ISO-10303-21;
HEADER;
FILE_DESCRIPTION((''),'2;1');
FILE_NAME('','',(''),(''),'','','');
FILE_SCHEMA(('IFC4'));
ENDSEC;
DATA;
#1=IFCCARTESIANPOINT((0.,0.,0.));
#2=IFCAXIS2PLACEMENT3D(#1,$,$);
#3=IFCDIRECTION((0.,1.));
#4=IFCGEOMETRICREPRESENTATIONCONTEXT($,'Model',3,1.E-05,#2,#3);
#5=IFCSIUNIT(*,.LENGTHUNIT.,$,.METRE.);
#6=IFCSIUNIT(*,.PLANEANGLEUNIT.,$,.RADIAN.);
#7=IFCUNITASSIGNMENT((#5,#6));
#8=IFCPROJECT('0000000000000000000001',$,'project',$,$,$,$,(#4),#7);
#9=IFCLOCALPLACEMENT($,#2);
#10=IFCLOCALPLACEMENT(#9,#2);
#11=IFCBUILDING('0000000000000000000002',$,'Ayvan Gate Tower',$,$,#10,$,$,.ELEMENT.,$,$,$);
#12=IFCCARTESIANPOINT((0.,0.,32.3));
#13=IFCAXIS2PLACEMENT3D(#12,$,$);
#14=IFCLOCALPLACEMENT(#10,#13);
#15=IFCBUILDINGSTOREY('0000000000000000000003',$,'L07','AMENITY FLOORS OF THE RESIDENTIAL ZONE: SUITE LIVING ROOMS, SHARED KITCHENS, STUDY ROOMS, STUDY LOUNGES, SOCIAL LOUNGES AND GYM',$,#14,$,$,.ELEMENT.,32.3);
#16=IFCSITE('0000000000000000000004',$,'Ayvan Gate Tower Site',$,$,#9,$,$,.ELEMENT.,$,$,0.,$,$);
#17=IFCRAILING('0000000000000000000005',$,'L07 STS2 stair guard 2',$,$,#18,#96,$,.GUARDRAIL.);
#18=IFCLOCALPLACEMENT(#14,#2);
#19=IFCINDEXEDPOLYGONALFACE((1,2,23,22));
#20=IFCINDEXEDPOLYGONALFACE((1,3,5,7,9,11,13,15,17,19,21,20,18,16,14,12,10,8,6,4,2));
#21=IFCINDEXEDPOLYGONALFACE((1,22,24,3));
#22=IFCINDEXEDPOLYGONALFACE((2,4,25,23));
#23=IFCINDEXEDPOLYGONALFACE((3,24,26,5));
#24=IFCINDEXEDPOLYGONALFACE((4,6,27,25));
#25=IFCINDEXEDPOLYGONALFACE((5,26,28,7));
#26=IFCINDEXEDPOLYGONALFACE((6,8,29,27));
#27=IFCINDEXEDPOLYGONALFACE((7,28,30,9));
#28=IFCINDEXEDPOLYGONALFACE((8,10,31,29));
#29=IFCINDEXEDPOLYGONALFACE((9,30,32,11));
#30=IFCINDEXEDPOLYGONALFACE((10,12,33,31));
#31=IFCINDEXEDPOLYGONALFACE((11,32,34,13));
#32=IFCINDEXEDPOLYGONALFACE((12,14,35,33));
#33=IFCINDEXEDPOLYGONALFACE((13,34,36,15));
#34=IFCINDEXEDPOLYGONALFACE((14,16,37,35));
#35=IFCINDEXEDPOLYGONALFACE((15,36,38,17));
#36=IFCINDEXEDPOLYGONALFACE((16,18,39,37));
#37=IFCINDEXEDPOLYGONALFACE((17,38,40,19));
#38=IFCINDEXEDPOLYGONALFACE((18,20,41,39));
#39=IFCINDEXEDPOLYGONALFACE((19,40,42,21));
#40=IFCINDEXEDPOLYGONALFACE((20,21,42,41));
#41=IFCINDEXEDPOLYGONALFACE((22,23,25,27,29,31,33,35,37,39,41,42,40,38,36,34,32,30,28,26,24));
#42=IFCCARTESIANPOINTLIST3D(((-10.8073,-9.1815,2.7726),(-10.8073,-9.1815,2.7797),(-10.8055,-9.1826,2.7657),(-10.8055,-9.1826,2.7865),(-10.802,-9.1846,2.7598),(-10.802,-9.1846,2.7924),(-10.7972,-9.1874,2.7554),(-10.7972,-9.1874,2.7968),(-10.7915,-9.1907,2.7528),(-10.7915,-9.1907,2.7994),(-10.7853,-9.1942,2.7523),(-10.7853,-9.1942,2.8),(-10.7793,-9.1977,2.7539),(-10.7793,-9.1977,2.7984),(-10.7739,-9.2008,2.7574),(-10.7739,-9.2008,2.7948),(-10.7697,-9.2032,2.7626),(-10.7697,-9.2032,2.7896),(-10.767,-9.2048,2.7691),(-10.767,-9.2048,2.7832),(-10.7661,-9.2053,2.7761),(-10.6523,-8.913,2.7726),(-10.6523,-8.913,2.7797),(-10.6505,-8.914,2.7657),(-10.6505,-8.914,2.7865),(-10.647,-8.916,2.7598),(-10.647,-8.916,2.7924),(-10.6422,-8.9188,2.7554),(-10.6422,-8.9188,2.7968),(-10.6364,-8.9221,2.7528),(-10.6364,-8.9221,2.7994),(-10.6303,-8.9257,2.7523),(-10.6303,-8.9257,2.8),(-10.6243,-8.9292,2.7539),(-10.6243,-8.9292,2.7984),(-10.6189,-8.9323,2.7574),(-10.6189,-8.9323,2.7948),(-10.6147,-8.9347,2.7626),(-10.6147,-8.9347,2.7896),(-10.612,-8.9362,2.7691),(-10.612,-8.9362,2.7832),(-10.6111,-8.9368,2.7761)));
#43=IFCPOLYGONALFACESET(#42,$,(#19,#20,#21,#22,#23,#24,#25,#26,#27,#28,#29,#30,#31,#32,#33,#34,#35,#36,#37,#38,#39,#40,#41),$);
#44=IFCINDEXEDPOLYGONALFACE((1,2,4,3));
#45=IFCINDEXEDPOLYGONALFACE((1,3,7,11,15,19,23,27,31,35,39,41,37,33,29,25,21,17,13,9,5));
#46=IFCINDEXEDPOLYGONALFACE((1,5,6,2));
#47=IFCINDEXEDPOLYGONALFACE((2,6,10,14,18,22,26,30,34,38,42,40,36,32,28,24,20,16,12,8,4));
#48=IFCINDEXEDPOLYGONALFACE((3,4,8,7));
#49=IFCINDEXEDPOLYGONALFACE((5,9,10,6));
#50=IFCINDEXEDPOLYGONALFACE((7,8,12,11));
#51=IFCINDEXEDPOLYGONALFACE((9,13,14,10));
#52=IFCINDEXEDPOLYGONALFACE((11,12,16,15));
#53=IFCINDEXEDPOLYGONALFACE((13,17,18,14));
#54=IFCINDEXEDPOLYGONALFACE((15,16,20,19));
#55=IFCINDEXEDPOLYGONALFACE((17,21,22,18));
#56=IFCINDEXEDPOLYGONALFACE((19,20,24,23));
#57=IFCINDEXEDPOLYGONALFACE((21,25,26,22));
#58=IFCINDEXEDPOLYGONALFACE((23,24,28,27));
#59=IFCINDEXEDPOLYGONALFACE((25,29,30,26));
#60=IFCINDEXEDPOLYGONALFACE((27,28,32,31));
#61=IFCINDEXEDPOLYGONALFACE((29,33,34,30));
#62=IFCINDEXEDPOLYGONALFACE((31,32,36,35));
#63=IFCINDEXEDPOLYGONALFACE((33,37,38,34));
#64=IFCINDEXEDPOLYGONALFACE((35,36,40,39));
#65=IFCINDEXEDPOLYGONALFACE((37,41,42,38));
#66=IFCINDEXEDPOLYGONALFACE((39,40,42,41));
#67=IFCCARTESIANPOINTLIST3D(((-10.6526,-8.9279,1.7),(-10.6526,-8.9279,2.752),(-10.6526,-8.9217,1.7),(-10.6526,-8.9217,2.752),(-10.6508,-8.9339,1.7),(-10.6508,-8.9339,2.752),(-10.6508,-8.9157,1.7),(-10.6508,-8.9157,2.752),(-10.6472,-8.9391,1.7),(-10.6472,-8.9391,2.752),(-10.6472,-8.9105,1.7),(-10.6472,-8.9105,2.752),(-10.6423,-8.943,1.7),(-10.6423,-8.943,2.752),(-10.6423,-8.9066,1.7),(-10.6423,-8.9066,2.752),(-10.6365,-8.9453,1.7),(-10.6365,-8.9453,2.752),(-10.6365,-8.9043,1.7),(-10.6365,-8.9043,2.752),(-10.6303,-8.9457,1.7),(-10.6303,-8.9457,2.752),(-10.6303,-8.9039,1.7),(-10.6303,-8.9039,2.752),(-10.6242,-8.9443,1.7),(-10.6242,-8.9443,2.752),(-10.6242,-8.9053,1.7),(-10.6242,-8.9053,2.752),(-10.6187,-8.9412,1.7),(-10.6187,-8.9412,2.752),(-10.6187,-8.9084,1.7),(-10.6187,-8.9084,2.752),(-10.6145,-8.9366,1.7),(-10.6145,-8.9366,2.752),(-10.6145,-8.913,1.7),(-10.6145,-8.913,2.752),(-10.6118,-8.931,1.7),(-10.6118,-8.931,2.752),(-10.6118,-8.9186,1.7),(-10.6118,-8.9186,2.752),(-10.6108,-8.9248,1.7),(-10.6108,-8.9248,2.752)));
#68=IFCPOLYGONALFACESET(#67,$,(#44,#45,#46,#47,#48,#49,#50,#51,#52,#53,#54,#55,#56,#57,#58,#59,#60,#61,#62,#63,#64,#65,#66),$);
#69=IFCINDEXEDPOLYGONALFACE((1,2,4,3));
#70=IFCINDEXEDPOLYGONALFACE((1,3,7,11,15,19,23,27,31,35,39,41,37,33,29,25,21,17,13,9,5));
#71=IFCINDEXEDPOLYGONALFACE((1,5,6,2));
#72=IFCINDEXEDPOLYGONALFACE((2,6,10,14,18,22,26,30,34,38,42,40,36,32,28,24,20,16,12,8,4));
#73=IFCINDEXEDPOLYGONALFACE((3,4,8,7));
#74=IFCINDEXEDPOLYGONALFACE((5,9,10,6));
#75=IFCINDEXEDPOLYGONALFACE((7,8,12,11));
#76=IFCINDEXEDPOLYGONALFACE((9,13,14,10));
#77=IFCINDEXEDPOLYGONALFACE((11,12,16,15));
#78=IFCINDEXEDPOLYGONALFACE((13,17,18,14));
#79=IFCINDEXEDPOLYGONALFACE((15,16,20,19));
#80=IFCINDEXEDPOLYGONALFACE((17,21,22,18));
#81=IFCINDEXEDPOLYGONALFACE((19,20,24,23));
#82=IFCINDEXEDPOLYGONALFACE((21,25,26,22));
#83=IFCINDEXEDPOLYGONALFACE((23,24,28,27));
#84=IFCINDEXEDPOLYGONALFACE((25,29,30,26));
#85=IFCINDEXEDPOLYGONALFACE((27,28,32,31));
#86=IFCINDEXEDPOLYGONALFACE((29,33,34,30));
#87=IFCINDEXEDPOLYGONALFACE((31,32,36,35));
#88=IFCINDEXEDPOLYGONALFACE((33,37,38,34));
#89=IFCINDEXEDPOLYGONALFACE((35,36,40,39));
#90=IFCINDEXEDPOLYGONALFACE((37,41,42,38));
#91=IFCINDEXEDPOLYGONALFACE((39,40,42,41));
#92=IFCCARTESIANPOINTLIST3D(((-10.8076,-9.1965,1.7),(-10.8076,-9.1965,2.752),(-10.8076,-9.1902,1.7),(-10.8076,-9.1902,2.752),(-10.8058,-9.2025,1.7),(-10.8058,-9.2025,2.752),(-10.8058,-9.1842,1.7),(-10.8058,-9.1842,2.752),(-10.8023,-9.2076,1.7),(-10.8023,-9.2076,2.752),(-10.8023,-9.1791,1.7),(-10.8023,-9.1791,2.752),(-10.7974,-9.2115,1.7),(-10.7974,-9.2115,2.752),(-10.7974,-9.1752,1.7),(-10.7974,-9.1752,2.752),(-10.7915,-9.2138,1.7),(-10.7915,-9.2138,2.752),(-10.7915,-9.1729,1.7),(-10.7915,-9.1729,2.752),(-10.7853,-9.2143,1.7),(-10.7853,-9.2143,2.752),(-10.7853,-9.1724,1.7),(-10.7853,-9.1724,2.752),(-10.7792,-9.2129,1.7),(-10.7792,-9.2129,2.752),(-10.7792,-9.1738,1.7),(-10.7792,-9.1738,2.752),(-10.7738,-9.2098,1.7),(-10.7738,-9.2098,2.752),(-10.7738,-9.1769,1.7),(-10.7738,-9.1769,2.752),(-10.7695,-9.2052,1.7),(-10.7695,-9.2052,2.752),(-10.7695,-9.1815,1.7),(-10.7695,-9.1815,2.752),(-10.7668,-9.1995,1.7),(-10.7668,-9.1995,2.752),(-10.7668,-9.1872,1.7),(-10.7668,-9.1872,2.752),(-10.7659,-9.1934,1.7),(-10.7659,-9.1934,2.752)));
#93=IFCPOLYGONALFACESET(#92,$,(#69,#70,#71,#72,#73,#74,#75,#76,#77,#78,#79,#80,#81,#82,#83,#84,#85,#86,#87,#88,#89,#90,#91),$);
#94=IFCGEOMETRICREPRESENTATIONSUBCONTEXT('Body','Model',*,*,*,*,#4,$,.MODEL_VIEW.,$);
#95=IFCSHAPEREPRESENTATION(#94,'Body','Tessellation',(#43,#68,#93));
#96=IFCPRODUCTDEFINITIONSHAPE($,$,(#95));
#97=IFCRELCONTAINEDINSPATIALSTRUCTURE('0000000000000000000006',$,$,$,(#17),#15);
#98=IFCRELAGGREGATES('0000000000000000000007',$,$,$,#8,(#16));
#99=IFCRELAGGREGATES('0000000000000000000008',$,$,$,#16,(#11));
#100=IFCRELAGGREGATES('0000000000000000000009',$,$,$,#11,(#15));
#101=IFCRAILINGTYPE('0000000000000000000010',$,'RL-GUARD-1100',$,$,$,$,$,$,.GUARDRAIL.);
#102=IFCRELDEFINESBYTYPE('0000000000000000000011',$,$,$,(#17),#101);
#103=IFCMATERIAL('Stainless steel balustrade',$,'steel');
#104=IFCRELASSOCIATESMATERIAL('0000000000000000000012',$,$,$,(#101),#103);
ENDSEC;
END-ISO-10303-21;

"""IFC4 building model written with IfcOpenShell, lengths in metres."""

from ifc_helpers import new_model, si_unit, direction, frame, origin, origin_2d, place, context, subcontext, project, spatial, circle, extrude, material, type_object, element, save


model = new_model("IFC4")

# Units and contexts
model_context = context("Model", 3, precision=1e-05, world=origin(), true_north=direction((0.0, 1.0)))
body_context = subcontext(model_context, "Body", "Model", "MODEL_VIEW")
ifc_project = project(units=[si_unit("LENGTHUNIT", "METRE"), si_unit("PLANEANGLEUNIT", "RADIAN")], contexts=[model_context])

# Site, building, storey
site_placement = place(None, origin())
site = spatial("IfcSite", under=ifc_project, at=site_placement, Name="Ayvan Gate Tower Site", CompositionType="ELEMENT", RefElevation=0.0)
building_placement = place(site_placement, origin())
building = spatial("IfcBuilding", under=site, at=building_placement, Name="Ayvan Gate Tower", CompositionType="ELEMENT")
storey_placement = place(building_placement, frame((0.0, 0.0, 32.3)))
storey = spatial("IfcBuildingStorey", under=building, at=storey_placement, Name="L07", Description="AMENITY FLOORS OF THE RESIDENTIAL ZONE: SUITE LIVING ROOMS, SHARED KITCHENS, STUDY ROOMS, STUDY LOUNGES, SOCIAL LOUNGES AND GYM", CompositionType="ELEMENT", Elevation=32.3)

# Railing
ifc_material_1 = material(Name="Stainless steel balustrade", Category="steel")
railing_type_1 = type_object("IfcRailingType", Name="RL-GUARD-1100", PredefinedType="GUARDRAIL", material=ifc_material_1)
railing_1_placement = place(storey_placement, frame((-10.6318, -8.9248, 1.7)))
element("IfcRailing", 1, at=railing_1_placement, inside=storey, type_object=railing_type_1, Name="L07 STS2 stair guard 2", PredefinedType="GUARDRAIL", context=body_context, shape_type="SweptSolid", body=[
    extrude(circle(Radius=0.0239, at=origin_2d()), frame((0.0, 0.0, 1.0762), z_axis=(-0.49995, -0.866054, 0.0), x_axis=(0.866054, -0.49995, 0.0)), (0.0, 0.0, 1.0), 0.3101),
    extrude(circle(Radius=0.021, at=origin_2d()), origin(), (0.0, 0.0, 1.0), 1.052),
    extrude(circle(Radius=0.021, at=origin_2d()), frame((-0.155, -0.2686, 0.0)), (0.0, 0.0, 1.0), 1.052),
])

save(model, "model.ifc")
